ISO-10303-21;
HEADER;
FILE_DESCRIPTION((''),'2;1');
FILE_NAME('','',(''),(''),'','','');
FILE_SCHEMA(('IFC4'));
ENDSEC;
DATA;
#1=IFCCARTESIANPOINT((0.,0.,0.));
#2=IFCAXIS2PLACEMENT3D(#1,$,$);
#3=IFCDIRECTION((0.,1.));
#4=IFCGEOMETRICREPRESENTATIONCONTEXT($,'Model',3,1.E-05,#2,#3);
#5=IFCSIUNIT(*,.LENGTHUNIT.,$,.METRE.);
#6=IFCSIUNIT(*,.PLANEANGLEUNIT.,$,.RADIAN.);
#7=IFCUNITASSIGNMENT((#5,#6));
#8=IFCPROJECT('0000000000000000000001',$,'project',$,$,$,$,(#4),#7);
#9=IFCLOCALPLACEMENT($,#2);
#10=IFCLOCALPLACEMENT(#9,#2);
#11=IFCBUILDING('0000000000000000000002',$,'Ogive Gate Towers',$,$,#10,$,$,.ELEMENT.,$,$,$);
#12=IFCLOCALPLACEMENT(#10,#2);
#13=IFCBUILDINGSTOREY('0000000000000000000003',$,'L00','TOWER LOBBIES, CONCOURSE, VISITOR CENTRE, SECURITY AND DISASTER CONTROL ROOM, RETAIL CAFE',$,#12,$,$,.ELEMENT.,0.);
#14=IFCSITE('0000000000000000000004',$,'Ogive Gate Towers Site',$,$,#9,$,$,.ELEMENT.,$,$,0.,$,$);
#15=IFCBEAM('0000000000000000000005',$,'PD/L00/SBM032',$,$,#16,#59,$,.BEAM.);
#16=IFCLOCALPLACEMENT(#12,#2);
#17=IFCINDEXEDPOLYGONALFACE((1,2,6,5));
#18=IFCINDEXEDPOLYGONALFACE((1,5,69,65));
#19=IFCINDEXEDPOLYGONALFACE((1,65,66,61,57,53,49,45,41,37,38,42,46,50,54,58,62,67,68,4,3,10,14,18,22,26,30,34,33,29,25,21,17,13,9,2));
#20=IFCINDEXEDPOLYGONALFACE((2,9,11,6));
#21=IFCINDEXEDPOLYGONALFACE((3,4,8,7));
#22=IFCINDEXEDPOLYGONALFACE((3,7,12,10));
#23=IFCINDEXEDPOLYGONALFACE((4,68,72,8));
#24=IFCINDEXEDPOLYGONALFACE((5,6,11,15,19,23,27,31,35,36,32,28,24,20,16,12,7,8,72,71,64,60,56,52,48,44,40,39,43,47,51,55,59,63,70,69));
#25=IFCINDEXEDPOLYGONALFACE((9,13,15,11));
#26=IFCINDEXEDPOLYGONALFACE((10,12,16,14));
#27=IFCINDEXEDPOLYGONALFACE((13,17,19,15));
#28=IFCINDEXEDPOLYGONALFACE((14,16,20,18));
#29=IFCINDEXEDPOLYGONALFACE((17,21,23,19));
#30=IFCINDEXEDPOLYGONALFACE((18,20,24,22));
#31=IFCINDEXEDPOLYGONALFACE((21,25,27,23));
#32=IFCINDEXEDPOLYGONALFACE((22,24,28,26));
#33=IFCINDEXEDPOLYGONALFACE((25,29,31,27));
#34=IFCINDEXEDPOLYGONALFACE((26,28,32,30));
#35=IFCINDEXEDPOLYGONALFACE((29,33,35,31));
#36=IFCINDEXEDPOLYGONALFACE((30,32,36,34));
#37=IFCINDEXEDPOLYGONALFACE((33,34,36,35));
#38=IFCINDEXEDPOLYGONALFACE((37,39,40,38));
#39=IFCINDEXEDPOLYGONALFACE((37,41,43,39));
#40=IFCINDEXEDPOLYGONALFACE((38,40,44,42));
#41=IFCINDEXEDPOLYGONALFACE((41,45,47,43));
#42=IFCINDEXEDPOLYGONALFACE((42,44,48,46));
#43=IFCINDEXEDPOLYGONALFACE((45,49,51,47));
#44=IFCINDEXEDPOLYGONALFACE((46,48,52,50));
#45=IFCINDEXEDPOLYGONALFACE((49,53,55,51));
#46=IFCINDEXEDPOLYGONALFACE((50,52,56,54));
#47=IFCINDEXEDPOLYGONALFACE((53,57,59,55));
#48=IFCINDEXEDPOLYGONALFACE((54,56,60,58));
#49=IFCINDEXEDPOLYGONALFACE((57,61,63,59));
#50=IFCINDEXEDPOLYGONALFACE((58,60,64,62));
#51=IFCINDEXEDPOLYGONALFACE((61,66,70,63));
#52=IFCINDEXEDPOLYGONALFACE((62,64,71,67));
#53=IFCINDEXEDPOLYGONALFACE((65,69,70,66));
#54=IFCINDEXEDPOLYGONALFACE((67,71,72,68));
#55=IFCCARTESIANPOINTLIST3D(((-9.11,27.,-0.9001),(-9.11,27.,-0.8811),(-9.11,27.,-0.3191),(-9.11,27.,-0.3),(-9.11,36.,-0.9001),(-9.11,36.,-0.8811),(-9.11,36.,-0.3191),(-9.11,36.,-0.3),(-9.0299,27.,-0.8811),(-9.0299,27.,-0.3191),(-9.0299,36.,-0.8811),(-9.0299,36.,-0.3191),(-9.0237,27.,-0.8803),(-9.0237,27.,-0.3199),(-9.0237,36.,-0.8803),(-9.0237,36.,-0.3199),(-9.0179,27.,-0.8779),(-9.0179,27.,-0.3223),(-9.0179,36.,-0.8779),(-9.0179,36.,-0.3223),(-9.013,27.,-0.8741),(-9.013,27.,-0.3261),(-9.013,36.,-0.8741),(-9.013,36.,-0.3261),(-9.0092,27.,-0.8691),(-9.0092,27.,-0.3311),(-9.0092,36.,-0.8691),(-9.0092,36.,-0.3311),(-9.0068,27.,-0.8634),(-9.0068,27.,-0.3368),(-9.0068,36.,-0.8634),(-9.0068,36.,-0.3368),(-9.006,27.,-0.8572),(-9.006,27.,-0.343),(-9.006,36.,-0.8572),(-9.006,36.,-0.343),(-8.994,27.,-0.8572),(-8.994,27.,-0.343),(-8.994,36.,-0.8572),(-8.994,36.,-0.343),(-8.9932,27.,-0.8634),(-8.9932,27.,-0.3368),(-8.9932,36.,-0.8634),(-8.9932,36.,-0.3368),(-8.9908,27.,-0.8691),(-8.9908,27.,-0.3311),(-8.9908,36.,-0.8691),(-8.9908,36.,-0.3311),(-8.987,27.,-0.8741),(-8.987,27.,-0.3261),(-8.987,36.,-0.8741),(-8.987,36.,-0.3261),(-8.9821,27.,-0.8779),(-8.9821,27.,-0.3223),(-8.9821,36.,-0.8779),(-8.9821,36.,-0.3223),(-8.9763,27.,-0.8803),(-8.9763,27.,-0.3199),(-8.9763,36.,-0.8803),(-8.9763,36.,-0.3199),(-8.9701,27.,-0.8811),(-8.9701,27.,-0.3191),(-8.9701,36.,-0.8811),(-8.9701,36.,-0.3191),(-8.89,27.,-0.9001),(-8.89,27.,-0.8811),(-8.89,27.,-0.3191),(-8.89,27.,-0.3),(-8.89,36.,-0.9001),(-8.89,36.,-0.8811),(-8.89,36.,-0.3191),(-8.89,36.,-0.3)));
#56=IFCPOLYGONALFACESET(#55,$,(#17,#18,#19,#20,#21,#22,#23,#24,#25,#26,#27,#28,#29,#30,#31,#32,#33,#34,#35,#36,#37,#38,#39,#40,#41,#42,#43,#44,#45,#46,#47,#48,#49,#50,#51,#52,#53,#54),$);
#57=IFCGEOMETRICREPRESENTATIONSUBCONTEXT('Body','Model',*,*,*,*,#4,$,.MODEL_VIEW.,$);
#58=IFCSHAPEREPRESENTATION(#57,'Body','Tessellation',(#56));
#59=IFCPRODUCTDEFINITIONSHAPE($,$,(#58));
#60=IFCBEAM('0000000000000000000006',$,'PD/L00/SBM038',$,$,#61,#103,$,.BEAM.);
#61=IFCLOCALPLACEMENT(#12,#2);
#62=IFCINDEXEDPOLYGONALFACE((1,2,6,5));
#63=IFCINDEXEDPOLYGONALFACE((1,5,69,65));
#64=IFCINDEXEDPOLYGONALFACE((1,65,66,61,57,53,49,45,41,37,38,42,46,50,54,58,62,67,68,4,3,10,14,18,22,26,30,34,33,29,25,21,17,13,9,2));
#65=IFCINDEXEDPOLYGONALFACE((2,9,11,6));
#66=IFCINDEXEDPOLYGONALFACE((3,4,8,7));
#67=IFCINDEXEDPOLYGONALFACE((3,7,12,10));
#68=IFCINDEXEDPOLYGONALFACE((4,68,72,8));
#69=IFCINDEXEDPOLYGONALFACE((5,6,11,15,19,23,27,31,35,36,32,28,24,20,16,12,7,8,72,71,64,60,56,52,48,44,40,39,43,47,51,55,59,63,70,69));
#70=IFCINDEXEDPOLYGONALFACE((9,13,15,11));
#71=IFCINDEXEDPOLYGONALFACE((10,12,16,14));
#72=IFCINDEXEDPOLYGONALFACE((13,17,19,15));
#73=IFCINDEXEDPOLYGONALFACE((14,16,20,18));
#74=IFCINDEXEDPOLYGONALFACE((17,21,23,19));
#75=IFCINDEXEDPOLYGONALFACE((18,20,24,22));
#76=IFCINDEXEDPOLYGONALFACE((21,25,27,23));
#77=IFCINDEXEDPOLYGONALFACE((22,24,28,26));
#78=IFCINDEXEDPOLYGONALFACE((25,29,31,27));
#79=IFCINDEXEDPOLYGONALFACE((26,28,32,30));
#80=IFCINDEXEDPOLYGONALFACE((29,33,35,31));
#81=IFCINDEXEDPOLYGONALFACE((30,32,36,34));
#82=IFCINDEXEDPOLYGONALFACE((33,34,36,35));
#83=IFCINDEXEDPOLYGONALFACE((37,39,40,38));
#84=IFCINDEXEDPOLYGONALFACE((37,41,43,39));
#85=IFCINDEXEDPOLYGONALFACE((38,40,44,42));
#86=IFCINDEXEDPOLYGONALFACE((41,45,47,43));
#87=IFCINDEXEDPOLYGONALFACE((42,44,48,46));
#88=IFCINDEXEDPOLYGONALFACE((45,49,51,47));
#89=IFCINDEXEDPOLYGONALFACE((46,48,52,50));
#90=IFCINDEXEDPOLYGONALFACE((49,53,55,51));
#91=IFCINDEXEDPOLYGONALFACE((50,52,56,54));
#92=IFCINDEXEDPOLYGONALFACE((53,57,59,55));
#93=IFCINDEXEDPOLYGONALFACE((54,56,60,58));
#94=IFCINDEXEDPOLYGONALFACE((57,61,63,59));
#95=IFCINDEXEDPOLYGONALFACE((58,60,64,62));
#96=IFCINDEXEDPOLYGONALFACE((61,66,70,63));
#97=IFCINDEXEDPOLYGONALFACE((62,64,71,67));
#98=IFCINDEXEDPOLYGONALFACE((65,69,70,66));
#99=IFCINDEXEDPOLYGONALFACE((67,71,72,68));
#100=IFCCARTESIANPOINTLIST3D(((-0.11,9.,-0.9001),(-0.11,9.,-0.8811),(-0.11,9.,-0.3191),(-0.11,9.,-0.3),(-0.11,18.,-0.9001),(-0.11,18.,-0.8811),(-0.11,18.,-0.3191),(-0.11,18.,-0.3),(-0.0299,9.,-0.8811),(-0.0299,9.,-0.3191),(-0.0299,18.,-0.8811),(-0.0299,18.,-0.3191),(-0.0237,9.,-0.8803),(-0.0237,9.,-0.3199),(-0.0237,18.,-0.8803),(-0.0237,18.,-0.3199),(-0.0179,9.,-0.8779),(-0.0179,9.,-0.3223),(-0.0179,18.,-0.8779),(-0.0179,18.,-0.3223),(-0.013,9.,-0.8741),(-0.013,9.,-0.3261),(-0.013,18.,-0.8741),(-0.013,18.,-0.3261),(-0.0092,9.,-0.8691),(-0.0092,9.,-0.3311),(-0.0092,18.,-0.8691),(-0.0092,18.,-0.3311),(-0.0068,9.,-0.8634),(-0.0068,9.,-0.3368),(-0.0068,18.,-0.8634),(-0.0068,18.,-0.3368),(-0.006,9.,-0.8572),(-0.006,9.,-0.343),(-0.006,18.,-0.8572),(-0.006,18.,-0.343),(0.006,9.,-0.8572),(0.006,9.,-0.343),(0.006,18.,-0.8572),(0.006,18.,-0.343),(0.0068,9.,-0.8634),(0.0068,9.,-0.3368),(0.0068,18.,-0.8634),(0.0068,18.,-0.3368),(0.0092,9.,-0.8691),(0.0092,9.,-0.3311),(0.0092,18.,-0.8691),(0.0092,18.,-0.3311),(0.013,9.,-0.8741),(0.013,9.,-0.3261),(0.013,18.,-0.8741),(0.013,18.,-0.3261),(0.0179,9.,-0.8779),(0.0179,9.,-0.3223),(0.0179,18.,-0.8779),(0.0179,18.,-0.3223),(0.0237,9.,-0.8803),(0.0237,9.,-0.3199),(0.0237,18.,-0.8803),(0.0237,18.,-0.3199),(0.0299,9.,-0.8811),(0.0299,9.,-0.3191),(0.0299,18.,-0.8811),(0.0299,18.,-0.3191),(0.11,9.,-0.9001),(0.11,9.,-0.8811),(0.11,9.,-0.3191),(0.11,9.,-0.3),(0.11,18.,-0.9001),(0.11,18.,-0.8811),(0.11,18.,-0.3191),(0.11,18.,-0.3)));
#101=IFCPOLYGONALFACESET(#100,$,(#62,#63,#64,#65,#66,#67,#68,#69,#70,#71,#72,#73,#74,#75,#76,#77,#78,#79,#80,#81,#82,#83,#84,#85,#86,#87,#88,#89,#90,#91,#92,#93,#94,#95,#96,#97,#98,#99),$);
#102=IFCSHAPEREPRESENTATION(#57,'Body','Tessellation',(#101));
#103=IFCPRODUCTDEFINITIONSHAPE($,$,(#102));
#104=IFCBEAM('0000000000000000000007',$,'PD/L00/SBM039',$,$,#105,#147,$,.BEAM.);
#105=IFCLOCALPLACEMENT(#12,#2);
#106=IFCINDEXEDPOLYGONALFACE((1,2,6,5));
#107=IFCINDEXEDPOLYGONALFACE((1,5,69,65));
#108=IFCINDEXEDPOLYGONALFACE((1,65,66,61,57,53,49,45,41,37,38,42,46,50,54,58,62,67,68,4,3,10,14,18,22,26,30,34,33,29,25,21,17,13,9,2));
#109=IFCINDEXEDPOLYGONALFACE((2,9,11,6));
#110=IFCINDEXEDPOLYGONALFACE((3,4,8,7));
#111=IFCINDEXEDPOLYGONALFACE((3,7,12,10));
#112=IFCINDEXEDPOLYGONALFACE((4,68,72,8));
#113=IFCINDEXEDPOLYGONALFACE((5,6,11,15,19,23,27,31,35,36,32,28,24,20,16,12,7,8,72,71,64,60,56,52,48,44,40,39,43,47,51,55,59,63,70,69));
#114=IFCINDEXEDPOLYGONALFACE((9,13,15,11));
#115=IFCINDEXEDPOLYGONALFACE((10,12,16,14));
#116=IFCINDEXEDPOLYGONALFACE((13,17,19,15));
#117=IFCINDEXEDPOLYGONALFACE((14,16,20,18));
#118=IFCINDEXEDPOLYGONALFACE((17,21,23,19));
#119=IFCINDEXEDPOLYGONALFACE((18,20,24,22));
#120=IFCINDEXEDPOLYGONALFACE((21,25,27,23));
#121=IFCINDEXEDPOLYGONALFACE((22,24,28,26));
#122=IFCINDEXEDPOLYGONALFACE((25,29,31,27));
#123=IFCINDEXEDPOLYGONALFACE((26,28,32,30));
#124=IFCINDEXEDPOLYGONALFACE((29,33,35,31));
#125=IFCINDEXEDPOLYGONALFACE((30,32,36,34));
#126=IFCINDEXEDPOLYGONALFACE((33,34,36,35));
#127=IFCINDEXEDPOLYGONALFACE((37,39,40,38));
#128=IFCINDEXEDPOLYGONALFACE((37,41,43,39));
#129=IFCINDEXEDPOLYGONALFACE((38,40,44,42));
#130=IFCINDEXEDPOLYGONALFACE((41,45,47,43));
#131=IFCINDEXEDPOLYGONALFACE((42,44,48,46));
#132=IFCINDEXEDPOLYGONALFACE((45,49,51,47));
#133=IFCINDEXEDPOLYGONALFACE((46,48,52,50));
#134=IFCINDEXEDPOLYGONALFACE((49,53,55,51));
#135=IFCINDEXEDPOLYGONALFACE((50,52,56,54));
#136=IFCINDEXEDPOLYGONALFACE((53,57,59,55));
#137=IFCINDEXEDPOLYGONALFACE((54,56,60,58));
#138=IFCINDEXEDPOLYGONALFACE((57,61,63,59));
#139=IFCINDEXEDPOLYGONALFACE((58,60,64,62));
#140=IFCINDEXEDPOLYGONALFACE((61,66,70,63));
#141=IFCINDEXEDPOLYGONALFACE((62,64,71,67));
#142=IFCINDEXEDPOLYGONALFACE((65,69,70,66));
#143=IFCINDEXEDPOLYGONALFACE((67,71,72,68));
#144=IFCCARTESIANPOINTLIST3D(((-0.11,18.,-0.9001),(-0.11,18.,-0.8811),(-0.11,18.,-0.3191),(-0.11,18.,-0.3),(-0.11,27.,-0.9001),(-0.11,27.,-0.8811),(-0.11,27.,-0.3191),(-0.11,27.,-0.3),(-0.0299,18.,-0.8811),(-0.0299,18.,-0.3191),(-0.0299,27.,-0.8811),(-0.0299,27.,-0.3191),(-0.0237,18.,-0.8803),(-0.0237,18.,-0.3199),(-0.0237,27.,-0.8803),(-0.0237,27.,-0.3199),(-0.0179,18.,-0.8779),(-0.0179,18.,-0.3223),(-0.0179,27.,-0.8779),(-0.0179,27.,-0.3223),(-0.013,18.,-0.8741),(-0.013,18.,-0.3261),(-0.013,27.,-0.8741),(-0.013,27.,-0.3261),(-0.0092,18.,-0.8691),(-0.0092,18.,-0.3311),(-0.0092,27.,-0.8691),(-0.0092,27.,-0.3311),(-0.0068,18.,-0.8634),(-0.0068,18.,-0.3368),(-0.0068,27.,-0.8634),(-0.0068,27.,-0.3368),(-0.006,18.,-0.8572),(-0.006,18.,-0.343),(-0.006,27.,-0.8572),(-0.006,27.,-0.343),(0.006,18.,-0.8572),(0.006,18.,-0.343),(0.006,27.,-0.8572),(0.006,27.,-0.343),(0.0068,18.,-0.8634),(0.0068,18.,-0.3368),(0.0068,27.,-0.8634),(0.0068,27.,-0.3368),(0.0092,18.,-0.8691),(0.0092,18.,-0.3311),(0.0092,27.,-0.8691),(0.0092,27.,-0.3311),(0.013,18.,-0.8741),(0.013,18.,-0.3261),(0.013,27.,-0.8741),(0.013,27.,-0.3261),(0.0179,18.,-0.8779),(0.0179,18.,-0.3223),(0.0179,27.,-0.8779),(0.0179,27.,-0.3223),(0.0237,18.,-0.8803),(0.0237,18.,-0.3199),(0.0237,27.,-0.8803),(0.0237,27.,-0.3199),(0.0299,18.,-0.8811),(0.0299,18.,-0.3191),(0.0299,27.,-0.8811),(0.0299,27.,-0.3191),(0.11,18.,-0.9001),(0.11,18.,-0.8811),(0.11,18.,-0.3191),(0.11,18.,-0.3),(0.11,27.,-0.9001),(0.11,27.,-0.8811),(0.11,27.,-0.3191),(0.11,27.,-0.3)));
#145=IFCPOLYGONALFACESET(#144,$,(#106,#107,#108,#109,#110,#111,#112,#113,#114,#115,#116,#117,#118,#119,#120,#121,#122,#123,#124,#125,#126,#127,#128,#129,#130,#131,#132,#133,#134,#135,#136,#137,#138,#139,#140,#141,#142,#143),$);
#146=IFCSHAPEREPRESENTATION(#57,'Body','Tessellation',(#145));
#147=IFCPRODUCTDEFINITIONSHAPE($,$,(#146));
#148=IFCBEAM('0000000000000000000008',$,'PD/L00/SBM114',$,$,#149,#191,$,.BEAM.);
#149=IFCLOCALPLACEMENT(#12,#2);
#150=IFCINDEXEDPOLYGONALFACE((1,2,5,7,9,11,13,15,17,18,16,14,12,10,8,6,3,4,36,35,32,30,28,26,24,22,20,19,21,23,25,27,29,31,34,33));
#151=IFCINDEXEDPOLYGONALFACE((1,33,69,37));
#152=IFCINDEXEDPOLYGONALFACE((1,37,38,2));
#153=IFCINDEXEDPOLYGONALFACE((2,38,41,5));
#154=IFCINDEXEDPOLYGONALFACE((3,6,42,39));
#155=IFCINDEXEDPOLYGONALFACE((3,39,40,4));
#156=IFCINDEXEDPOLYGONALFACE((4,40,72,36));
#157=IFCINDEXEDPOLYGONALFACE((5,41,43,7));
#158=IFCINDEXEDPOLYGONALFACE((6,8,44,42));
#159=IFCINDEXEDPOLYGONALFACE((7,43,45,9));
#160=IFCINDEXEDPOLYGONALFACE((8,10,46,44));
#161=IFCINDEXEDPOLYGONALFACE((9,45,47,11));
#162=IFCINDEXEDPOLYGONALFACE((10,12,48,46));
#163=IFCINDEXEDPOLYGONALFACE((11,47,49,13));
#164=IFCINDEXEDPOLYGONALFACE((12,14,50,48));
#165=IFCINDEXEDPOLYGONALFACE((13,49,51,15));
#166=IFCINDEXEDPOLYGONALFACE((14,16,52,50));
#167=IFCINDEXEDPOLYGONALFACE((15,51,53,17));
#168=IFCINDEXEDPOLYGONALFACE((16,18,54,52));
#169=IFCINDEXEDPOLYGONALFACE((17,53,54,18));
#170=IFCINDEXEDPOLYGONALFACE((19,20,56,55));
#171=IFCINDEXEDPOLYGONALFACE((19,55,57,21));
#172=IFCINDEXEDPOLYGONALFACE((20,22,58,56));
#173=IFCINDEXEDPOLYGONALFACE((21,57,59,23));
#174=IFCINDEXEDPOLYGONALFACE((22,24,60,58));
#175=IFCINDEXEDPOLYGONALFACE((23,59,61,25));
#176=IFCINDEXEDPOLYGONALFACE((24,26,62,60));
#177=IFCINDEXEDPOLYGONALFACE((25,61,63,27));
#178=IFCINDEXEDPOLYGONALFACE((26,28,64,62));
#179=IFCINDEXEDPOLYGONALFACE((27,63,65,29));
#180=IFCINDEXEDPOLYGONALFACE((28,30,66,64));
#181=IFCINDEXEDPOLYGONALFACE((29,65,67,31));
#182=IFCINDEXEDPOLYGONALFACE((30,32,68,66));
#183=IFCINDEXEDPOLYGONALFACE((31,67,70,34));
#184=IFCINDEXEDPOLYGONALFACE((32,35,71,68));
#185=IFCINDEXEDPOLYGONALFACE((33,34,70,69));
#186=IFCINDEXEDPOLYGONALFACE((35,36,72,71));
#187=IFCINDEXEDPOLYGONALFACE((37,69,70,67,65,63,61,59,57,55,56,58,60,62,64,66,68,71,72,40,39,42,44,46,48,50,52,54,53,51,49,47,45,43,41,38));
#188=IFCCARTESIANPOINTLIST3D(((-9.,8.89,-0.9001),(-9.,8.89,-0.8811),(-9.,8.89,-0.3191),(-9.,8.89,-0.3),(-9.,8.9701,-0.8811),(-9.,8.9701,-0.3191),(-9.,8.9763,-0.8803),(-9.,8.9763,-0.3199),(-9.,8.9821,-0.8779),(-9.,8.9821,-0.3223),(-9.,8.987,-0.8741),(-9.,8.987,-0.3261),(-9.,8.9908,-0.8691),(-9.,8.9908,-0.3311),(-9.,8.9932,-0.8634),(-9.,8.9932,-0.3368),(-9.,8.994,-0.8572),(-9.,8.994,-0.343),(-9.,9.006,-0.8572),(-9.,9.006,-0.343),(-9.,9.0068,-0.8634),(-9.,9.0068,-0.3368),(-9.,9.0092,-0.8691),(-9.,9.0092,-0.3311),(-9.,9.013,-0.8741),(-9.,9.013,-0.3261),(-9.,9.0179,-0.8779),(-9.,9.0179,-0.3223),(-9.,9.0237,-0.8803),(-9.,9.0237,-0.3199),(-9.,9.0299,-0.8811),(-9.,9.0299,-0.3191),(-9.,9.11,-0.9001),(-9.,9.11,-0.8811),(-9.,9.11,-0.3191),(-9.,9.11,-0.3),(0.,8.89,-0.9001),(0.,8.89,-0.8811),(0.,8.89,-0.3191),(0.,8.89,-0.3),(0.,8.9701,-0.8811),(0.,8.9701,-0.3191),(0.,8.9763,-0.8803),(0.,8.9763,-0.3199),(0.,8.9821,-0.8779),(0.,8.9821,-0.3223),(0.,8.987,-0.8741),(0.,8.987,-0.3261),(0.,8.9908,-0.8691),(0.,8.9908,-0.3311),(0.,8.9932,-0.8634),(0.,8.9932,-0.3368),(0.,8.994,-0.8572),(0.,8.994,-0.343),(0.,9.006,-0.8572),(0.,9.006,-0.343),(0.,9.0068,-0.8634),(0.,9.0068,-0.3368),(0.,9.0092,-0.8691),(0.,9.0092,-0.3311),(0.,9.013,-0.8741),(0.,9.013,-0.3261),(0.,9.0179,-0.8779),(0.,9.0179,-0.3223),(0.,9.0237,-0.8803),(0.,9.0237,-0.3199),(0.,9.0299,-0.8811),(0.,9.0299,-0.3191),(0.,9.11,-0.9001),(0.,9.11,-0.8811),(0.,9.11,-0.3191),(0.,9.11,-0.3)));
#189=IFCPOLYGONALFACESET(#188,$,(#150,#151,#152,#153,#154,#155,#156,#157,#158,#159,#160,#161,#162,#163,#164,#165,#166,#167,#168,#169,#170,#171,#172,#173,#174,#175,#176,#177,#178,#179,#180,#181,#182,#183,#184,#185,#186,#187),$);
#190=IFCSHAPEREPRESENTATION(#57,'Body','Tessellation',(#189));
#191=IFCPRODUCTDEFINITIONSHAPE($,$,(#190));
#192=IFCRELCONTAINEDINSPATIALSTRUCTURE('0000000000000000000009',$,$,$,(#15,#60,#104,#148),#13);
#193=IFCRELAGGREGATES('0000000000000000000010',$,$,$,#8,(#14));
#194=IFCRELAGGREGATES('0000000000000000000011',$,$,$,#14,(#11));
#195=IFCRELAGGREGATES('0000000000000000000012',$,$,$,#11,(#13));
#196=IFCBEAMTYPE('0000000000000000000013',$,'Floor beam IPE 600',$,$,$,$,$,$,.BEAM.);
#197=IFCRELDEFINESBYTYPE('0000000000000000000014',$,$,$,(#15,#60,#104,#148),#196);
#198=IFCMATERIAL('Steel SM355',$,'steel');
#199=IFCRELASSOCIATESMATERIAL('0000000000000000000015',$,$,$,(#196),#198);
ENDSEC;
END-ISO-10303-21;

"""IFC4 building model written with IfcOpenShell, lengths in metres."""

from ifc_helpers import new_model, si_unit, direction, frame, origin, origin_2d, place, context, subcontext, project, spatial, i_section, extrude, material, material_profile, profile_set, type_object, element, save


model = new_model("IFC4")

# Units and contexts
model_context = context("Model", 3, precision=1e-05, world=origin(), true_north=direction((0.0, 1.0)))
body_context = subcontext(model_context, "Body", "Model", "MODEL_VIEW")
ifc_project = project(units=[si_unit("LENGTHUNIT", "METRE"), si_unit("PLANEANGLEUNIT", "RADIAN")], contexts=[model_context])

# Site, building, storey
site_placement = place(None, origin())
site = spatial("IfcSite", under=ifc_project, at=site_placement, Name="Ogive Gate Towers Site", CompositionType="ELEMENT", RefElevation=0.0)
building_placement = place(site_placement, origin())
building = spatial("IfcBuilding", under=site, at=building_placement, Name="Ogive Gate Towers", CompositionType="ELEMENT")
storey_placement = place(building_placement, origin())
storey = spatial("IfcBuildingStorey", under=building, at=storey_placement, Name="L00", Description="TOWER LOBBIES, CONCOURSE, VISITOR CENTRE, SECURITY AND DISASTER CONTROL ROOM, RETAIL CAFE", CompositionType="ELEMENT", Elevation=0.0)

# Beams
ifc_material_1 = material(Name="Steel SM355", Category="steel")
ifc_material_profile_1 = material_profile(ifc_material_1, i_section(OverallWidth=0.22, OverallDepth=0.6001, WebThickness=0.012, FlangeThickness=0.019, FilletRadius=0.0239, at=origin_2d()), Name="IPE 600")
ifc_profile_set_1 = profile_set([ifc_material_profile_1], Name="Steel SM355")
beam_type_1 = type_object("IfcBeamType", Name="Floor beam IPE 600", PredefinedType="BEAM", material=ifc_profile_set_1)
for number, where, z_axis, x_axis, name in (
    (1, (-9.0, 27.0, -0.6001), (0.0, 1.0, 0.0), (-1.0, 0.0, 0.0), "PD/L00/SBM032"),
    (2, (0.0, 9.0, -0.6001), (0.0, 1.0, 0.0), (-1.0, 0.0, 0.0), "PD/L00/SBM038"),
    (3, (0.0, 18.0, -0.6001), (0.0, 1.0, 0.0), (-1.0, 0.0, 0.0), "PD/L00/SBM039"),
    (4, (-9.0, 9.0, -0.6001), (1.0, 0.0, 0.0), (0.0, 1.0, 0.0), "PD/L00/SBM114"),
):
    element("IfcBeam", number, at=place(storey_placement, frame(where, z_axis=z_axis, x_axis=x_axis)), inside=storey, type_object=beam_type_1, Name=name, PredefinedType="BEAM", context=body_context, shape_type="SweptSolid", body=[
        extrude(i_section(OverallWidth=0.22, OverallDepth=0.6001, WebThickness=0.012, FlangeThickness=0.019, FilletRadius=0.0239, at=origin_2d()), origin(), (0.0, 0.0, 1.0), 9.0),
    ])

save(model, "model.ifc")
